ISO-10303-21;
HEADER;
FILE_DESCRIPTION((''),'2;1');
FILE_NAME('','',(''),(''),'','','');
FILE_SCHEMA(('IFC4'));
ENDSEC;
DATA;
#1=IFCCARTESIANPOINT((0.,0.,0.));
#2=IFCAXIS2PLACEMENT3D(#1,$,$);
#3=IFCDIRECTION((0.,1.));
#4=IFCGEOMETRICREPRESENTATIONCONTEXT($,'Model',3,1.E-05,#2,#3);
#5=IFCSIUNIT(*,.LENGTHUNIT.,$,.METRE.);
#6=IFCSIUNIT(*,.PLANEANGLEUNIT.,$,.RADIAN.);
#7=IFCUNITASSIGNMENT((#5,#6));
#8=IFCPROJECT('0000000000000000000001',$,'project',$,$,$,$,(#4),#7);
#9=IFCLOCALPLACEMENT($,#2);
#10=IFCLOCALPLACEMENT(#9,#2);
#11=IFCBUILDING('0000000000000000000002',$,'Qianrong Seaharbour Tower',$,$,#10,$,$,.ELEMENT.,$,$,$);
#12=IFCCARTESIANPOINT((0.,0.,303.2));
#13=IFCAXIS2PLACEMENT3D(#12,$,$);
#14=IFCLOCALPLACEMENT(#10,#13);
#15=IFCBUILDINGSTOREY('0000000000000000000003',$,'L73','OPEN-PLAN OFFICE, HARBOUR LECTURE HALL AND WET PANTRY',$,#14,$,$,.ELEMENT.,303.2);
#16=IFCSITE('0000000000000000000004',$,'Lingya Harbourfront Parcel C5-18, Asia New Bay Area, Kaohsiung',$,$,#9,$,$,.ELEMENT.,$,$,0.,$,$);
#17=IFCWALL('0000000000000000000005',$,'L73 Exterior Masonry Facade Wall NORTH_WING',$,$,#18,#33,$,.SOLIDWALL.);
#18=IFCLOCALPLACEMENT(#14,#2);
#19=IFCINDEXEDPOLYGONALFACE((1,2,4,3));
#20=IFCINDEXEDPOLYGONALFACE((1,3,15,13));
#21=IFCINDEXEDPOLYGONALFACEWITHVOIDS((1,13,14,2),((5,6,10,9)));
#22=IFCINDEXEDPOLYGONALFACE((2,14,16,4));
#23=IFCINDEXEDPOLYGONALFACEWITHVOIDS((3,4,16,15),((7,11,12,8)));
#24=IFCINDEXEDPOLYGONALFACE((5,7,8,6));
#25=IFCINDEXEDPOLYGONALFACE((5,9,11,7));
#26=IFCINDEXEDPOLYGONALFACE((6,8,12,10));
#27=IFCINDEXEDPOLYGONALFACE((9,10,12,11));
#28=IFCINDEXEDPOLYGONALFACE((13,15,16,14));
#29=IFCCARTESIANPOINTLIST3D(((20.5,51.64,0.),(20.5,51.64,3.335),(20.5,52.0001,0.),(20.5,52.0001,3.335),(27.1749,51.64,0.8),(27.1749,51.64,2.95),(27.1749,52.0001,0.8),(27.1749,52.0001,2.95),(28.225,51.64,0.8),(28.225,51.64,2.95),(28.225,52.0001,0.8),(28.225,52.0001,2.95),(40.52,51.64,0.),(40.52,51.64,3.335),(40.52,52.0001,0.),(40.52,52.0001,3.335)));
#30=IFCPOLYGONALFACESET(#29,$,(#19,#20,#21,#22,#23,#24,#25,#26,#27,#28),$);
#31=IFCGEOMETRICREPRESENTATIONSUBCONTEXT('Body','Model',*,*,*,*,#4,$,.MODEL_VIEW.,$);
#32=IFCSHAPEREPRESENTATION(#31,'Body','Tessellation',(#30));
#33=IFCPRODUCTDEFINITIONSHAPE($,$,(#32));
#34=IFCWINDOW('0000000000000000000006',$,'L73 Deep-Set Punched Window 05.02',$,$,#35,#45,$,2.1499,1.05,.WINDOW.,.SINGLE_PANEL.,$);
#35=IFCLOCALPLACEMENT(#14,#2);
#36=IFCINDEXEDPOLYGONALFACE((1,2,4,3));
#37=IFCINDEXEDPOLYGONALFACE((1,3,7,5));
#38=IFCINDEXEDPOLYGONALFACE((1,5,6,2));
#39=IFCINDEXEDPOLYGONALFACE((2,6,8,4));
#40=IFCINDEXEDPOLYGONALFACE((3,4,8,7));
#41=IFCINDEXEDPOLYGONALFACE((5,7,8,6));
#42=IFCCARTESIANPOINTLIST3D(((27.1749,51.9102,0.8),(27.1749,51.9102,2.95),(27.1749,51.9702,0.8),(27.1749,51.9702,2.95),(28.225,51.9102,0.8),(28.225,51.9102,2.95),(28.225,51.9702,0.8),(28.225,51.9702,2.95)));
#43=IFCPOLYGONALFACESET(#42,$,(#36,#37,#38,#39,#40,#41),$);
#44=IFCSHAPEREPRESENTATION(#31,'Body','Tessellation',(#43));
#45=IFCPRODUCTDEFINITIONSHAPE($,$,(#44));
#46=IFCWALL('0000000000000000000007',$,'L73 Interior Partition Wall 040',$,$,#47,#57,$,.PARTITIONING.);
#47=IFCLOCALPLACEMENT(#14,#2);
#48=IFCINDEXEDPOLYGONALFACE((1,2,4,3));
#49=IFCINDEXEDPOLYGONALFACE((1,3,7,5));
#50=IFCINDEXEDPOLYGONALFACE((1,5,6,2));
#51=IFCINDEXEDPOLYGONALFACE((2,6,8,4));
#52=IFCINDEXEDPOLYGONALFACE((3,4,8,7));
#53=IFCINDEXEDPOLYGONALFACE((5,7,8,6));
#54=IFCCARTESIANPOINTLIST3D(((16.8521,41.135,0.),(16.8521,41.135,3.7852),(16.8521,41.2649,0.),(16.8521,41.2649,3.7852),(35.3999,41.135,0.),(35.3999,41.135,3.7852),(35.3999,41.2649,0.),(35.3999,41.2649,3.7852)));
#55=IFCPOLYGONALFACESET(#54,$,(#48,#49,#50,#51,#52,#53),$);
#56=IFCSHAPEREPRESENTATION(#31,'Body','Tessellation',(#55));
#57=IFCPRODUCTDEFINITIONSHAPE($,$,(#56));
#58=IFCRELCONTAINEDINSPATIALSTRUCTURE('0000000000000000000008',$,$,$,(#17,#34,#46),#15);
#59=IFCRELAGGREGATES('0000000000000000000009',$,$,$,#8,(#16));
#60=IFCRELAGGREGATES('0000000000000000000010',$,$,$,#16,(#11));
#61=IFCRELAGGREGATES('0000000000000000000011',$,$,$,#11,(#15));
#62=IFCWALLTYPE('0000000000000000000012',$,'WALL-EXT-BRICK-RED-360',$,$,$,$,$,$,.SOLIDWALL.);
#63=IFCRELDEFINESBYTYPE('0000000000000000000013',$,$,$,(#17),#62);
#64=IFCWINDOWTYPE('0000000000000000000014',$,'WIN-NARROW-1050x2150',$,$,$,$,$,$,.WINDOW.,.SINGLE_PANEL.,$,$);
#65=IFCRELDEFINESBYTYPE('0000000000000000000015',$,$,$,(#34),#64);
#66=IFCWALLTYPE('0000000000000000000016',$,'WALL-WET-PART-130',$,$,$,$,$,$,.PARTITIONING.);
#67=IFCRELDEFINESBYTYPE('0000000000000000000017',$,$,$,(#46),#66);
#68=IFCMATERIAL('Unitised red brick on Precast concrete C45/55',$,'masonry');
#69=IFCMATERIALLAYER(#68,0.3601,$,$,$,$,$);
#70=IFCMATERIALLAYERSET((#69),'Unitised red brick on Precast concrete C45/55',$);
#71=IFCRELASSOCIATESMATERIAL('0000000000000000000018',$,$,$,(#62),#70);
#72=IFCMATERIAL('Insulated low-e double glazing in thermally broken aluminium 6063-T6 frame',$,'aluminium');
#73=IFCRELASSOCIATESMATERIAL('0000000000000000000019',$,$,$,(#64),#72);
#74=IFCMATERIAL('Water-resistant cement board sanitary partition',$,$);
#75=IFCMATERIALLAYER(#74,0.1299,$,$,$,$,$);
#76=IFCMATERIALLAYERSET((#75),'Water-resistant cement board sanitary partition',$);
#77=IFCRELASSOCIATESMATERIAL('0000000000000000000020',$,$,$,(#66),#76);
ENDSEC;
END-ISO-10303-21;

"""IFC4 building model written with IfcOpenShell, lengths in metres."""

from ifc_helpers import new_model, si_unit, direction, frame, frame_2d, origin, place, context, subcontext, project, spatial, rectangle, extrude, material, layer, layer_set, type_object, element, fill, save


model = new_model("IFC4")

# Units and contexts
model_context = context("Model", 3, precision=1e-05, world=origin(), true_north=direction((0.0, 1.0)))
body_context = subcontext(model_context, "Body", "Model", "MODEL_VIEW")
ifc_project = project(units=[si_unit("LENGTHUNIT", "METRE"), si_unit("PLANEANGLEUNIT", "RADIAN")], contexts=[model_context])

# Site, building, storey
site_placement = place(None, origin())
site = spatial("IfcSite", under=ifc_project, at=site_placement, Name="Lingya Harbourfront Parcel C5-18, Asia New Bay Area, Kaohsiung", CompositionType="ELEMENT", RefElevation=0.0)
building_placement = place(site_placement, origin())
building = spatial("IfcBuilding", under=site, at=building_placement, Name="Qianrong Seaharbour Tower", CompositionType="ELEMENT")
storey_placement = place(building_placement, frame((0.0, 0.0, 303.2)))
storey = spatial("IfcBuildingStorey", under=building, at=storey_placement, Name="L73", Description="OPEN-PLAN OFFICE, HARBOUR LECTURE HALL AND WET PANTRY", CompositionType="ELEMENT", Elevation=303.2)

# Shared definitions
ifc_material_1 = material(Name="Unitised red brick on Precast concrete C45/55", Category="masonry")
ifc_layer_1 = layer(ifc_material_1, 0.3601)
ifc_layer_set_1 = layer_set([ifc_layer_1], Name="Unitised red brick on Precast concrete C45/55")
wall_type_1 = type_object("IfcWallType", Name="WALL-EXT-BRICK-RED-360", PredefinedType="SOLIDWALL", material=ifc_layer_set_1)

# Wall, opening, window
wall_1_placement = place(storey_placement, frame((20.5, 51.8201, 0.0), z_axis=(0.0, 0.0, 1.0), x_axis=(1.0, 0.0, 0.0)))
wall_1 = element("IfcWall", 1, at=wall_1_placement, inside=storey, type_object=wall_type_1, Name="L73 Exterior Masonry Facade Wall NORTH_WING", PredefinedType="SOLIDWALL", context=body_context, shape_type="SweptSolid", body=[
    extrude(rectangle(XDim=20.02, YDim=0.3601, at=frame_2d((10.01, 0.0))), origin(), (0.0, 0.0, 1.0), 3.335),
])
opening_1_placement = place(wall_1_placement, frame((6.675, 0.0, 0.8)))
opening_1 = element("IfcOpeningElement", 2, at=opening_1_placement, cuts=wall_1, PredefinedType="OPENING", context=body_context, shape_type="SweptSolid", body=[
    extrude(rectangle(XDim=1.05, YDim=2.1499, at=frame_2d((0.5249, 1.075))), frame((0.0, 0.1899, 0.0), z_axis=(0.0, -1.0, 0.0), x_axis=(1.0, 0.0, 0.0)), (0.0, 0.0, 1.0), 0.3801),
])
ifc_material_2 = material(Name="Insulated low-e double glazing in thermally broken aluminium 6063-T6 frame", Category="aluminium")
window_type = type_object("IfcWindowType", Name="WIN-NARROW-1050x2150", PartitioningType="SINGLE_PANEL", PredefinedType="WINDOW", material=ifc_material_2)
window_placement = place(opening_1_placement, origin())
window = element("IfcWindow", 3, at=window_placement, inside=storey, type_object=window_type, Name="L73 Deep-Set Punched Window 05.02", OverallHeight=2.1499, OverallWidth=1.05, PartitioningType="SINGLE_PANEL", PredefinedType="WINDOW", context=body_context, shape_type="SweptSolid", body=[
    extrude(rectangle(XDim=1.05, YDim=2.1499, at=frame_2d((0.5249, 1.075))), frame((0.0, 0.1501, 0.0), z_axis=(0.0, -1.0, 0.0), x_axis=(1.0, 0.0, 0.0)), (0.0, 0.0, 1.0), 0.0601),
])
fill(opening_1, window)

# Wall
ifc_material_3 = material(Name="Water-resistant cement board sanitary partition")
ifc_layer_2 = layer(ifc_material_3, 0.1299)
ifc_layer_set_2 = layer_set([ifc_layer_2], Name="Water-resistant cement board sanitary partition")
wall_type_2 = type_object("IfcWallType", Name="WALL-WET-PART-130", PredefinedType="PARTITIONING", material=ifc_layer_set_2)
wall_2_placement = place(storey_placement, frame((16.8521, 41.2, 0.0), z_axis=(0.0, 0.0, 1.0), x_axis=(1.0, 0.0, 0.0)))
element("IfcWall", 4, at=wall_2_placement, inside=storey, type_object=wall_type_2, Name="L73 Interior Partition Wall 040", PredefinedType="PARTITIONING", context=body_context, shape_type="SweptSolid", body=[
    extrude(rectangle(XDim=18.5479, YDim=0.1299, at=frame_2d((9.2739, 0.0))), origin(), (0.0, 0.0, 1.0), 3.7852),
])

save(model, "model.ifc")
